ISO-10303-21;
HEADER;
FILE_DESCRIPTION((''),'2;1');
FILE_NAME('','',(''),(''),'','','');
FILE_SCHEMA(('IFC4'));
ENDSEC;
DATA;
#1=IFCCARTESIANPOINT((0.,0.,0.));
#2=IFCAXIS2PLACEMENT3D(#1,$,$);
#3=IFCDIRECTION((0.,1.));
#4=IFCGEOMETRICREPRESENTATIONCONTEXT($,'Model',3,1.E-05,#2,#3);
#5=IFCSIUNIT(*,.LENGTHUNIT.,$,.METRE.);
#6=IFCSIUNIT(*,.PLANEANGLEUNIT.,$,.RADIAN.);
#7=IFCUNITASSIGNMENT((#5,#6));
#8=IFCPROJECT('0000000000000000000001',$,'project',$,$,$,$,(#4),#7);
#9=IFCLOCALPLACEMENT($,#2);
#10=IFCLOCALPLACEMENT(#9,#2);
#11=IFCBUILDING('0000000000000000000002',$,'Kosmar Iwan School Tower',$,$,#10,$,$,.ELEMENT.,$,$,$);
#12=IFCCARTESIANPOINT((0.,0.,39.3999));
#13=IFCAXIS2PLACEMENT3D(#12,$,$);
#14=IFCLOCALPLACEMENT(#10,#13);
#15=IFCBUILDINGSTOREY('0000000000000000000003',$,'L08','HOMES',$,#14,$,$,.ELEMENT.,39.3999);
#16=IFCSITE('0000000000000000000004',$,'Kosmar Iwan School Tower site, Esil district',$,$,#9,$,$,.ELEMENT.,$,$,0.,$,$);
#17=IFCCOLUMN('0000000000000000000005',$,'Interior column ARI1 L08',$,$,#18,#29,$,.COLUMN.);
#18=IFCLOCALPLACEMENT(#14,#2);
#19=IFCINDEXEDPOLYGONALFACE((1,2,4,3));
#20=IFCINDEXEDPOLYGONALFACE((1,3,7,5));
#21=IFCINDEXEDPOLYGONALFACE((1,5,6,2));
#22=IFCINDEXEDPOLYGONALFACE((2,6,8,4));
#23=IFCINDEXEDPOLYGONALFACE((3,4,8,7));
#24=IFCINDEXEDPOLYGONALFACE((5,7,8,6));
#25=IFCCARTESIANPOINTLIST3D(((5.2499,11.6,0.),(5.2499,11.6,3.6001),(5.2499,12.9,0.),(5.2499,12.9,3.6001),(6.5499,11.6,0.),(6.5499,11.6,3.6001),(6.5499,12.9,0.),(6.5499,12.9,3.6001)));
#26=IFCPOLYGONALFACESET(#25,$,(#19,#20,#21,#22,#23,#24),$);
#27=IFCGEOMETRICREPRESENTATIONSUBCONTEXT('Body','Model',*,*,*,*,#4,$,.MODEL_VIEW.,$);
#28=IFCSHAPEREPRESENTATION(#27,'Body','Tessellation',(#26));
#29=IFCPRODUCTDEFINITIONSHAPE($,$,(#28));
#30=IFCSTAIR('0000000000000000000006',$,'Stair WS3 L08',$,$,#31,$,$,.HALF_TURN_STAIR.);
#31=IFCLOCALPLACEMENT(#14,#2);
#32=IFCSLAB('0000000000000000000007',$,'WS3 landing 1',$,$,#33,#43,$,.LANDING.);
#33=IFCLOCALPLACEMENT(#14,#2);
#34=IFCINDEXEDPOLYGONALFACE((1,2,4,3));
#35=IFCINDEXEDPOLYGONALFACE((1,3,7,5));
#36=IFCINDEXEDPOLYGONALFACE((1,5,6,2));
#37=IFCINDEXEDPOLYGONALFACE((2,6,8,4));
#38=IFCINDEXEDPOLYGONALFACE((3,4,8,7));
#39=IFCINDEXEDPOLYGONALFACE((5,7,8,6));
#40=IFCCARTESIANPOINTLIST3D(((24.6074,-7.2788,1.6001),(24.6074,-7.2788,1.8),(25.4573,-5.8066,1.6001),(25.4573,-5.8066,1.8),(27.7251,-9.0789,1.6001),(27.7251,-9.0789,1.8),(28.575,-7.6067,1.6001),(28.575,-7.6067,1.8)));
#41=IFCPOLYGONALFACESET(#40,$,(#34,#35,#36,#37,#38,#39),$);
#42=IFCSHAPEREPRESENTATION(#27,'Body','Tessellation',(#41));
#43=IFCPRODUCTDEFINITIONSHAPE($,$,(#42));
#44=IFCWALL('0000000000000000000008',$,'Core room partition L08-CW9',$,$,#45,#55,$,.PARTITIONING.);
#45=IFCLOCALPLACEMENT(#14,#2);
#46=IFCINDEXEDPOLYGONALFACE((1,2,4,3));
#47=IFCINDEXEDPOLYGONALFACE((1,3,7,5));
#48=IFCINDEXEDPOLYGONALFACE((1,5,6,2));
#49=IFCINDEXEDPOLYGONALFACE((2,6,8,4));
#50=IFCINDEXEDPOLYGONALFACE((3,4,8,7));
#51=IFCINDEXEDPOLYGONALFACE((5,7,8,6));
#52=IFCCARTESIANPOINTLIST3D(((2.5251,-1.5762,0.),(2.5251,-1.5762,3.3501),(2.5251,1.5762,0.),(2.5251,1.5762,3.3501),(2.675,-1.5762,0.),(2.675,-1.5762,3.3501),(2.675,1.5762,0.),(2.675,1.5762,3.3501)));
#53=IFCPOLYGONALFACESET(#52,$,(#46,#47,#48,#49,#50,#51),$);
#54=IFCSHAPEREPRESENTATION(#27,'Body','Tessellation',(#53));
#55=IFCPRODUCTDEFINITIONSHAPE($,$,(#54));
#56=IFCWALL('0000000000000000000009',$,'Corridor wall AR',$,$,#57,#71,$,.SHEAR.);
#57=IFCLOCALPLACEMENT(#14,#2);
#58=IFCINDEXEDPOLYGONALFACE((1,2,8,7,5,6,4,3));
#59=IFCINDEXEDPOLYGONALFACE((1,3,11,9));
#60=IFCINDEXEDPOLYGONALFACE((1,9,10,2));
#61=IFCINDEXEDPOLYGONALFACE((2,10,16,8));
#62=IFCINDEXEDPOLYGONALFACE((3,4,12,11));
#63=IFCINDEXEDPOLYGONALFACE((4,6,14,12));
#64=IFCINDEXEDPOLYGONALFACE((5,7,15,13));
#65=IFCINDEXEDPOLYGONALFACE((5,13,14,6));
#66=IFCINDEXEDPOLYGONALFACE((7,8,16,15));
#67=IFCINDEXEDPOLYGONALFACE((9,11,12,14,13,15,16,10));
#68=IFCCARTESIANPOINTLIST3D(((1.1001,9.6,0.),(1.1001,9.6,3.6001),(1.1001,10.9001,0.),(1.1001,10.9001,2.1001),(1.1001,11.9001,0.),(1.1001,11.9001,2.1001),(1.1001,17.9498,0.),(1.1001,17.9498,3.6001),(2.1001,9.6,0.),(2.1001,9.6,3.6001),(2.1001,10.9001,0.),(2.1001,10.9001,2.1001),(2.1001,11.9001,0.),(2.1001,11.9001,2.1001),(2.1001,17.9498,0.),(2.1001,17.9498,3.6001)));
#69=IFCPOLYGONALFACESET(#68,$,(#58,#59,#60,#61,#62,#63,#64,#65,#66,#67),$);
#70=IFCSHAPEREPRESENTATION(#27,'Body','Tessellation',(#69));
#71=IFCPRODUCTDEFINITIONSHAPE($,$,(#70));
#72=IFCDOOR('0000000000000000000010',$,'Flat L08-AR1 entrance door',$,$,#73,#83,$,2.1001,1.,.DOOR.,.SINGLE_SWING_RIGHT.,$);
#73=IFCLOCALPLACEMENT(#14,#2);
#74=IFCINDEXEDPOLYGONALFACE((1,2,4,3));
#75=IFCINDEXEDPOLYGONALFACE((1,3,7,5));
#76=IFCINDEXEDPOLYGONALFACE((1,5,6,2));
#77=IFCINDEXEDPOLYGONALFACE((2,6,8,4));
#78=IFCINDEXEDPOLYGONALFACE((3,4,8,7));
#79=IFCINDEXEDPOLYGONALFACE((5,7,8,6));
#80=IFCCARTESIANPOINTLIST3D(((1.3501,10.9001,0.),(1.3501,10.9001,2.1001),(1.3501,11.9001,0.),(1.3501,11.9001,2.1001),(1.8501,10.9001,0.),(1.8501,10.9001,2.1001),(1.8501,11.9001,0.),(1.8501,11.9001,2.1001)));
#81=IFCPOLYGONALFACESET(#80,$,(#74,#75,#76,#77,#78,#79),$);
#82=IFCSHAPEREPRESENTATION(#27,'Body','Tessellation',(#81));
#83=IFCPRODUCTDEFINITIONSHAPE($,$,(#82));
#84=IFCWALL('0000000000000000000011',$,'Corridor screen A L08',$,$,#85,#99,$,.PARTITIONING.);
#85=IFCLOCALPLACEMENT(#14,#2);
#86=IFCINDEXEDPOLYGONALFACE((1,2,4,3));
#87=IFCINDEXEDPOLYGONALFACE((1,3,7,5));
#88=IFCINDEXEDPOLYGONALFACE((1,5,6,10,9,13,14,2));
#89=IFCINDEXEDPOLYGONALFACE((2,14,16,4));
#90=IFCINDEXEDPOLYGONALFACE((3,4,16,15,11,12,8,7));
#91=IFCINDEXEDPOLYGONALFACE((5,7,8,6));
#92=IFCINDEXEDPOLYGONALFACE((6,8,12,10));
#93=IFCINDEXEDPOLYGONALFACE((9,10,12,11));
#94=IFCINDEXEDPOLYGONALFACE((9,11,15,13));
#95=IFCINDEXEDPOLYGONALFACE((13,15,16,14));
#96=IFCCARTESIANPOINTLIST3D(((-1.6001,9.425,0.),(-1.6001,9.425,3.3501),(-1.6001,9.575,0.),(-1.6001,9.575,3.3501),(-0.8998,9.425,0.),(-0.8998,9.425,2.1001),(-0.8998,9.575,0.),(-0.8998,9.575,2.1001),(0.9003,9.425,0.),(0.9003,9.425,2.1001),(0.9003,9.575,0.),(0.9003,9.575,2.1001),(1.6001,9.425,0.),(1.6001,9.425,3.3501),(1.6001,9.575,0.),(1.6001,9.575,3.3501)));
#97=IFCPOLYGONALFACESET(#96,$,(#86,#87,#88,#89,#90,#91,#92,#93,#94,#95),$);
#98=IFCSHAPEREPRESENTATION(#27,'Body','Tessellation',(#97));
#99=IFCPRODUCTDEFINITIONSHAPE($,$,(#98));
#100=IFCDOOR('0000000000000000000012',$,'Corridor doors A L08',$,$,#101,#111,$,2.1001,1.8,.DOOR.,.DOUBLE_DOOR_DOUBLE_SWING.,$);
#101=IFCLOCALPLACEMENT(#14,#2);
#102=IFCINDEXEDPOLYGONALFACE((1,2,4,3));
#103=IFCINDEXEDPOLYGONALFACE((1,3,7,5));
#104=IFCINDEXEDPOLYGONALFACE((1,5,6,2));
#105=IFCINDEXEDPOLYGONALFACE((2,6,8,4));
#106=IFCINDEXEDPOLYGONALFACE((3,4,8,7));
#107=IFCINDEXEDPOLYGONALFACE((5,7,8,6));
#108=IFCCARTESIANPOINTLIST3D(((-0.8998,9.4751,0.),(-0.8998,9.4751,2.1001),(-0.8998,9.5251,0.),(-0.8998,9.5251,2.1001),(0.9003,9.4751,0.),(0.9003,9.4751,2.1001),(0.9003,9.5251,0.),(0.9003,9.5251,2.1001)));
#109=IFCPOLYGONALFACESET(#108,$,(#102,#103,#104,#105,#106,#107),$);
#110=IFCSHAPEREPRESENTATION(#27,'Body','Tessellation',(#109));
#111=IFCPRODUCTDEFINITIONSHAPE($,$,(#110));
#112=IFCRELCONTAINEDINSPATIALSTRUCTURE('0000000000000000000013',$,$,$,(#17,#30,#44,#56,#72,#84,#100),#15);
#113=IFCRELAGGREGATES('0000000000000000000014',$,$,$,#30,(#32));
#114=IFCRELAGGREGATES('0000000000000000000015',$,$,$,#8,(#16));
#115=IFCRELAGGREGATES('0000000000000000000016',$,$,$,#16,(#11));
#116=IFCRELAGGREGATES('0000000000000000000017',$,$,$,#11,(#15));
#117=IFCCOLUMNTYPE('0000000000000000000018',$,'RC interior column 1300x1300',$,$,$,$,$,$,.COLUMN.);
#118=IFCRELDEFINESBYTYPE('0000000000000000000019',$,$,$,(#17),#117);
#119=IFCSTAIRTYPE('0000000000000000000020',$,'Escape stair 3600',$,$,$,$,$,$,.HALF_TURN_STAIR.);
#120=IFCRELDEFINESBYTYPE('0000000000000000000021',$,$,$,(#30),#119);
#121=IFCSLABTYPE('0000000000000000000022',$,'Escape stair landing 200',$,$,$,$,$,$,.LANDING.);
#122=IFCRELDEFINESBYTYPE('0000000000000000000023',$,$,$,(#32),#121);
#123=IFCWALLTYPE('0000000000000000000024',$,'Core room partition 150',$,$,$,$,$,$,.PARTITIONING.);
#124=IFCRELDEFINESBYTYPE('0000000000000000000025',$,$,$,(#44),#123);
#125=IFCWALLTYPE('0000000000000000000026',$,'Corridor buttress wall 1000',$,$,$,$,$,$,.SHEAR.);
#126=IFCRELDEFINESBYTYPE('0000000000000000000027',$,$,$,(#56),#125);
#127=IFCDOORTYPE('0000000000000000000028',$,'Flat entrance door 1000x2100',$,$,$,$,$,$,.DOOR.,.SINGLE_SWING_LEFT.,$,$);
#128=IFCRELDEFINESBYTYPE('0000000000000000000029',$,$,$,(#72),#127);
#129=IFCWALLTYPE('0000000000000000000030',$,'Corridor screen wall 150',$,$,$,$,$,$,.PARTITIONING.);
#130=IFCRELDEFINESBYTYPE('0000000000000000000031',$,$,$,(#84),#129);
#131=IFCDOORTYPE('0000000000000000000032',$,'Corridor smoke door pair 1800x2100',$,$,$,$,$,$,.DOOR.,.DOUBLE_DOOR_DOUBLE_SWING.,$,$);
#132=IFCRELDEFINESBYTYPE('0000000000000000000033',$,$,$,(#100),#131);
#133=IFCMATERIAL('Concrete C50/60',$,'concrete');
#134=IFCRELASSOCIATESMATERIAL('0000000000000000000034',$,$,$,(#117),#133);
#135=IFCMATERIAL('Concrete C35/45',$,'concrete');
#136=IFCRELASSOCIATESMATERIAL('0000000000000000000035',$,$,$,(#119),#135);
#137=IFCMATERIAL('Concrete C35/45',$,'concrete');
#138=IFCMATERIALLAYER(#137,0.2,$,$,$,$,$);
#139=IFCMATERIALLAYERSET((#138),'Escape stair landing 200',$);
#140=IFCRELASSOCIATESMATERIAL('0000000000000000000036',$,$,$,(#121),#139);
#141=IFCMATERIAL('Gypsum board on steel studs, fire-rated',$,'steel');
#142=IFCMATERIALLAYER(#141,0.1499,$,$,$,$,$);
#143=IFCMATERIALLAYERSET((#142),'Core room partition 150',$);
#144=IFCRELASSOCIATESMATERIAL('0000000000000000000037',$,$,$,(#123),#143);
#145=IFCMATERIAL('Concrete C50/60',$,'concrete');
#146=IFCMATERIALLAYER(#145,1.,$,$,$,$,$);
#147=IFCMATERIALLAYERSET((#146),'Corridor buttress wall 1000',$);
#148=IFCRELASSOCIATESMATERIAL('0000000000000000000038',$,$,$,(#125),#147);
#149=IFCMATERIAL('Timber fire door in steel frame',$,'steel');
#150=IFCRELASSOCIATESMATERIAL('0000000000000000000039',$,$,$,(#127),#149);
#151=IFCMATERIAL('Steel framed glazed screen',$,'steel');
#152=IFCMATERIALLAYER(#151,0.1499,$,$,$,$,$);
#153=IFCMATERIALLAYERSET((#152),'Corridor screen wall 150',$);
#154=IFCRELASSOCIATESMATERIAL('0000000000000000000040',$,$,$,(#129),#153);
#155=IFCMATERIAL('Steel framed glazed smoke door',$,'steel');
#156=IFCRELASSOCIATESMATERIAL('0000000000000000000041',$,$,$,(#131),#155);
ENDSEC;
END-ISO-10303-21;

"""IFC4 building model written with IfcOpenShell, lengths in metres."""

from ifc_helpers import new_model, si_unit, direction, frame, frame_2d, origin, origin_2d, place, context, subcontext, project, spatial, polyline, rectangle, outline, extrude, material, layer, layer_set, material_profile, profile_set, type_object, element, fill, aggregate, save


model = new_model("IFC4")

# Units and contexts
model_context = context("Model", 3, precision=1e-05, world=origin(), true_north=direction((0.0, 1.0)))
body_context = subcontext(model_context, "Body", "Model", "MODEL_VIEW")
ifc_project = project(units=[si_unit("LENGTHUNIT", "METRE"), si_unit("PLANEANGLEUNIT", "RADIAN")], contexts=[model_context])

# Site, building, storey
site_placement = place(None, origin())
site = spatial("IfcSite", under=ifc_project, at=site_placement, Name="Kosmar Iwan School Tower site, Esil district", CompositionType="ELEMENT", RefElevation=0.0)
building_placement = place(site_placement, origin())
building = spatial("IfcBuilding", under=site, at=building_placement, Name="Kosmar Iwan School Tower", CompositionType="ELEMENT")
storey_placement = place(building_placement, frame((0.0, 0.0, 39.3999)))
storey = spatial("IfcBuildingStorey", under=building, at=storey_placement, Name="L08", Description="HOMES", CompositionType="ELEMENT", Elevation=39.3999)

# Column
ifc_material_1 = material(Name="Concrete C50/60", Category="concrete")
ifc_material_profile = material_profile(ifc_material_1, rectangle(XDim=1.3, YDim=1.3, at=origin_2d()), Name="RC 1300x1300")
ifc_profile_set = profile_set([ifc_material_profile], Name="Concrete C50/60")
column_type = type_object("IfcColumnType", Name="RC interior column 1300x1300", PredefinedType="COLUMN", material=ifc_profile_set)
column_placement = place(storey_placement, frame((5.8999, 12.25, 0.0), z_axis=(0.0, 0.0, 1.0), x_axis=(0.0, 1.0, 0.0)))
element("IfcColumn", 1, at=column_placement, inside=storey, type_object=column_type, Name="Interior column ARI1 L08", PredefinedType="COLUMN", context=body_context, shape_type="SweptSolid", body=[
    extrude(rectangle(XDim=1.3, YDim=1.3, at=origin_2d()), origin(), (0.0, 0.0, 1.0), 3.6001),
])

# Stair, slab
ifc_material_2 = material(Name="Concrete C35/45", Category="concrete")
stair_type_1 = type_object("IfcStairType", Name="Escape stair 3600", PredefinedType="HALF_TURN_STAIR", material=ifc_material_2)
stair_1_placement = place(storey_placement, origin())
stair_1 = element("IfcStair", 2, at=stair_1_placement, inside=storey, type_object=stair_type_1, Name="Stair WS3 L08", PredefinedType="HALF_TURN_STAIR")
ifc_material_3 = material(Name="Concrete C35/45", Category="concrete")
ifc_layer_1 = layer(ifc_material_3, 0.2)
ifc_layer_set_1 = layer_set([ifc_layer_1], Name="Escape stair landing 200")
slab_type = type_object("IfcSlabType", Name="Escape stair landing 200", PredefinedType="LANDING", material=ifc_layer_set_1)
slab_placement = place(storey_placement, frame((0.0, 0.0, 1.6001)))
slab = element("IfcSlab", 3, at=slab_placement, type_object=slab_type, Name="WS3 landing 1", PredefinedType="LANDING", context=body_context, shape_type="SweptSolid", body=[
    extrude(outline(polyline([(24.6074, -7.2788), (27.7251, -9.0789), (28.575, -7.6067), (25.4573, -5.8066), (24.6074, -7.2788)])), origin(), (0.0, 0.0, 1.0), 0.2),
])
aggregate(stair_1, [slab])

# Wall
ifc_material_4 = material(Name="Gypsum board on steel studs, fire-rated", Category="steel")
ifc_layer_2 = layer(ifc_material_4, 0.1499)
ifc_layer_set_2 = layer_set([ifc_layer_2], Name="Core room partition 150")
wall_type_1 = type_object("IfcWallType", Name="Core room partition 150", PredefinedType="PARTITIONING", material=ifc_layer_set_2)
wall_1_placement = place(storey_placement, frame((2.6001, 1.5762, 0.0), z_axis=(0.0, 0.0, 1.0), x_axis=(0.0, -1.0, 0.0)))
element("IfcWall", 4, at=wall_1_placement, inside=storey, type_object=wall_type_1, Name="Core room partition L08-CW9", PredefinedType="PARTITIONING", context=body_context, shape_type="SweptSolid", body=[
    extrude(rectangle(XDim=3.1523, YDim=0.1499, at=frame_2d((1.5762, 0.0))), origin(), (0.0, 0.0, 1.0), 3.3501),
])

# Walls, openings, doors
ifc_material_5 = material(Name="Concrete C50/60", Category="concrete")
ifc_layer_3 = layer(ifc_material_5, 1.0)
ifc_layer_set_3 = layer_set([ifc_layer_3], Name="Corridor buttress wall 1000")
wall_type_2 = type_object("IfcWallType", Name="Corridor buttress wall 1000", PredefinedType="SHEAR", material=ifc_layer_set_3)
wall_2_placement = place(storey_placement, frame((1.6001, 9.6001, 0.0), z_axis=(0.0, 0.0, 1.0), x_axis=(0.0, 1.0, 0.0)))
wall_2 = element("IfcWall", 5, at=wall_2_placement, inside=storey, type_object=wall_type_2, Name="Corridor wall AR", PredefinedType="SHEAR", context=body_context, shape_type="SweptSolid", body=[
    extrude(rectangle(XDim=8.3499, YDim=1.0, at=frame_2d((4.1748, 0.0))), origin(), (0.0, 0.0, 1.0), 3.6001),
])
opening_1_placement = place(wall_2_placement, frame((1.3, 0.0, 0.0)))
opening_1 = element("IfcOpeningElement", 6, at=opening_1_placement, cuts=wall_2, PredefinedType="OPENING", context=body_context, shape_type="SweptSolid", body=[
    extrude(rectangle(XDim=1.0, YDim=2.1001, at=frame_2d((0.5, 1.05))), frame((0.0, 0.512, 0.0), z_axis=(0.0, -1.0, 0.0), x_axis=(1.0, 0.0, 0.0)), (0.0, 0.0, 1.0), 1.0239),
])
ifc_material_6 = material(Name="Timber fire door in steel frame", Category="steel")
door_type_1 = type_object("IfcDoorType", Name="Flat entrance door 1000x2100", OperationType="SINGLE_SWING_LEFT", PredefinedType="DOOR", material=ifc_material_6)
door_1_placement = place(opening_1_placement, origin())
door_1 = element("IfcDoor", 7, at=door_1_placement, inside=storey, type_object=door_type_1, Name="Flat L08-AR1 entrance door", OperationType="SINGLE_SWING_RIGHT", OverallHeight=2.1001, OverallWidth=1.0, PredefinedType="DOOR", context=body_context, shape_type="SweptSolid", body=[
    extrude(rectangle(XDim=1.0, YDim=2.1001, at=frame_2d((0.5, 1.05))), frame((0.0, 0.25, 0.0), z_axis=(0.0, -1.0, 0.0), x_axis=(1.0, 0.0, 0.0)), (0.0, 0.0, 1.0), 0.5),
])
fill(opening_1, door_1)
ifc_material_7 = material(Name="Steel framed glazed screen", Category="steel")
ifc_layer_4 = layer(ifc_material_7, 0.1499)
ifc_layer_set_4 = layer_set([ifc_layer_4], Name="Corridor screen wall 150")
wall_type_3 = type_object("IfcWallType", Name="Corridor screen wall 150", PredefinedType="PARTITIONING", material=ifc_layer_set_4)
wall_3_placement = place(storey_placement, frame((1.6001, 9.5, 0.0), z_axis=(0.0, 0.0, 1.0), x_axis=(-1.0, 0.0, 0.0)))
wall_3 = element("IfcWall", 8, at=wall_3_placement, inside=storey, type_object=wall_type_3, Name="Corridor screen A L08", PredefinedType="PARTITIONING", context=body_context, shape_type="SweptSolid", body=[
    extrude(rectangle(XDim=3.2002, YDim=0.1499, at=frame_2d((1.6001, 0.0))), origin(), (0.0, 0.0, 1.0), 3.3501),
])
opening_2_placement = place(wall_3_placement, frame((0.7, 0.0, 0.0)))
opening_2 = element("IfcOpeningElement", 9, at=opening_2_placement, cuts=wall_3, PredefinedType="OPENING", context=body_context, shape_type="SweptSolid", body=[
    extrude(rectangle(XDim=1.8, YDim=2.1001, at=frame_2d((0.8999, 1.05))), frame((0.0, 0.0869, 0.0), z_axis=(0.0, -1.0, 0.0), x_axis=(1.0, 0.0, 0.0)), (0.0, 0.0, 1.0), 0.1738),
])
ifc_material_8 = material(Name="Steel framed glazed smoke door", Category="steel")
door_type_2 = type_object("IfcDoorType", Name="Corridor smoke door pair 1800x2100", OperationType="DOUBLE_DOOR_DOUBLE_SWING", PredefinedType="DOOR", material=ifc_material_8)
door_2_placement = place(opening_2_placement, origin())
door_2 = element("IfcDoor", 10, at=door_2_placement, inside=storey, type_object=door_type_2, Name="Corridor doors A L08", OperationType="DOUBLE_DOOR_DOUBLE_SWING", OverallHeight=2.1001, OverallWidth=1.8, PredefinedType="DOOR", context=body_context, shape_type="SweptSolid", body=[
    extrude(rectangle(XDim=1.8, YDim=2.1001, at=frame_2d((0.8999, 1.05))), frame((0.0, 0.0249, 0.0), z_axis=(0.0, -1.0, 0.0), x_axis=(1.0, 0.0, 0.0)), (0.0, 0.0, 1.0), 0.05),
])
fill(opening_2, door_2)

save(model, "model.ifc")
